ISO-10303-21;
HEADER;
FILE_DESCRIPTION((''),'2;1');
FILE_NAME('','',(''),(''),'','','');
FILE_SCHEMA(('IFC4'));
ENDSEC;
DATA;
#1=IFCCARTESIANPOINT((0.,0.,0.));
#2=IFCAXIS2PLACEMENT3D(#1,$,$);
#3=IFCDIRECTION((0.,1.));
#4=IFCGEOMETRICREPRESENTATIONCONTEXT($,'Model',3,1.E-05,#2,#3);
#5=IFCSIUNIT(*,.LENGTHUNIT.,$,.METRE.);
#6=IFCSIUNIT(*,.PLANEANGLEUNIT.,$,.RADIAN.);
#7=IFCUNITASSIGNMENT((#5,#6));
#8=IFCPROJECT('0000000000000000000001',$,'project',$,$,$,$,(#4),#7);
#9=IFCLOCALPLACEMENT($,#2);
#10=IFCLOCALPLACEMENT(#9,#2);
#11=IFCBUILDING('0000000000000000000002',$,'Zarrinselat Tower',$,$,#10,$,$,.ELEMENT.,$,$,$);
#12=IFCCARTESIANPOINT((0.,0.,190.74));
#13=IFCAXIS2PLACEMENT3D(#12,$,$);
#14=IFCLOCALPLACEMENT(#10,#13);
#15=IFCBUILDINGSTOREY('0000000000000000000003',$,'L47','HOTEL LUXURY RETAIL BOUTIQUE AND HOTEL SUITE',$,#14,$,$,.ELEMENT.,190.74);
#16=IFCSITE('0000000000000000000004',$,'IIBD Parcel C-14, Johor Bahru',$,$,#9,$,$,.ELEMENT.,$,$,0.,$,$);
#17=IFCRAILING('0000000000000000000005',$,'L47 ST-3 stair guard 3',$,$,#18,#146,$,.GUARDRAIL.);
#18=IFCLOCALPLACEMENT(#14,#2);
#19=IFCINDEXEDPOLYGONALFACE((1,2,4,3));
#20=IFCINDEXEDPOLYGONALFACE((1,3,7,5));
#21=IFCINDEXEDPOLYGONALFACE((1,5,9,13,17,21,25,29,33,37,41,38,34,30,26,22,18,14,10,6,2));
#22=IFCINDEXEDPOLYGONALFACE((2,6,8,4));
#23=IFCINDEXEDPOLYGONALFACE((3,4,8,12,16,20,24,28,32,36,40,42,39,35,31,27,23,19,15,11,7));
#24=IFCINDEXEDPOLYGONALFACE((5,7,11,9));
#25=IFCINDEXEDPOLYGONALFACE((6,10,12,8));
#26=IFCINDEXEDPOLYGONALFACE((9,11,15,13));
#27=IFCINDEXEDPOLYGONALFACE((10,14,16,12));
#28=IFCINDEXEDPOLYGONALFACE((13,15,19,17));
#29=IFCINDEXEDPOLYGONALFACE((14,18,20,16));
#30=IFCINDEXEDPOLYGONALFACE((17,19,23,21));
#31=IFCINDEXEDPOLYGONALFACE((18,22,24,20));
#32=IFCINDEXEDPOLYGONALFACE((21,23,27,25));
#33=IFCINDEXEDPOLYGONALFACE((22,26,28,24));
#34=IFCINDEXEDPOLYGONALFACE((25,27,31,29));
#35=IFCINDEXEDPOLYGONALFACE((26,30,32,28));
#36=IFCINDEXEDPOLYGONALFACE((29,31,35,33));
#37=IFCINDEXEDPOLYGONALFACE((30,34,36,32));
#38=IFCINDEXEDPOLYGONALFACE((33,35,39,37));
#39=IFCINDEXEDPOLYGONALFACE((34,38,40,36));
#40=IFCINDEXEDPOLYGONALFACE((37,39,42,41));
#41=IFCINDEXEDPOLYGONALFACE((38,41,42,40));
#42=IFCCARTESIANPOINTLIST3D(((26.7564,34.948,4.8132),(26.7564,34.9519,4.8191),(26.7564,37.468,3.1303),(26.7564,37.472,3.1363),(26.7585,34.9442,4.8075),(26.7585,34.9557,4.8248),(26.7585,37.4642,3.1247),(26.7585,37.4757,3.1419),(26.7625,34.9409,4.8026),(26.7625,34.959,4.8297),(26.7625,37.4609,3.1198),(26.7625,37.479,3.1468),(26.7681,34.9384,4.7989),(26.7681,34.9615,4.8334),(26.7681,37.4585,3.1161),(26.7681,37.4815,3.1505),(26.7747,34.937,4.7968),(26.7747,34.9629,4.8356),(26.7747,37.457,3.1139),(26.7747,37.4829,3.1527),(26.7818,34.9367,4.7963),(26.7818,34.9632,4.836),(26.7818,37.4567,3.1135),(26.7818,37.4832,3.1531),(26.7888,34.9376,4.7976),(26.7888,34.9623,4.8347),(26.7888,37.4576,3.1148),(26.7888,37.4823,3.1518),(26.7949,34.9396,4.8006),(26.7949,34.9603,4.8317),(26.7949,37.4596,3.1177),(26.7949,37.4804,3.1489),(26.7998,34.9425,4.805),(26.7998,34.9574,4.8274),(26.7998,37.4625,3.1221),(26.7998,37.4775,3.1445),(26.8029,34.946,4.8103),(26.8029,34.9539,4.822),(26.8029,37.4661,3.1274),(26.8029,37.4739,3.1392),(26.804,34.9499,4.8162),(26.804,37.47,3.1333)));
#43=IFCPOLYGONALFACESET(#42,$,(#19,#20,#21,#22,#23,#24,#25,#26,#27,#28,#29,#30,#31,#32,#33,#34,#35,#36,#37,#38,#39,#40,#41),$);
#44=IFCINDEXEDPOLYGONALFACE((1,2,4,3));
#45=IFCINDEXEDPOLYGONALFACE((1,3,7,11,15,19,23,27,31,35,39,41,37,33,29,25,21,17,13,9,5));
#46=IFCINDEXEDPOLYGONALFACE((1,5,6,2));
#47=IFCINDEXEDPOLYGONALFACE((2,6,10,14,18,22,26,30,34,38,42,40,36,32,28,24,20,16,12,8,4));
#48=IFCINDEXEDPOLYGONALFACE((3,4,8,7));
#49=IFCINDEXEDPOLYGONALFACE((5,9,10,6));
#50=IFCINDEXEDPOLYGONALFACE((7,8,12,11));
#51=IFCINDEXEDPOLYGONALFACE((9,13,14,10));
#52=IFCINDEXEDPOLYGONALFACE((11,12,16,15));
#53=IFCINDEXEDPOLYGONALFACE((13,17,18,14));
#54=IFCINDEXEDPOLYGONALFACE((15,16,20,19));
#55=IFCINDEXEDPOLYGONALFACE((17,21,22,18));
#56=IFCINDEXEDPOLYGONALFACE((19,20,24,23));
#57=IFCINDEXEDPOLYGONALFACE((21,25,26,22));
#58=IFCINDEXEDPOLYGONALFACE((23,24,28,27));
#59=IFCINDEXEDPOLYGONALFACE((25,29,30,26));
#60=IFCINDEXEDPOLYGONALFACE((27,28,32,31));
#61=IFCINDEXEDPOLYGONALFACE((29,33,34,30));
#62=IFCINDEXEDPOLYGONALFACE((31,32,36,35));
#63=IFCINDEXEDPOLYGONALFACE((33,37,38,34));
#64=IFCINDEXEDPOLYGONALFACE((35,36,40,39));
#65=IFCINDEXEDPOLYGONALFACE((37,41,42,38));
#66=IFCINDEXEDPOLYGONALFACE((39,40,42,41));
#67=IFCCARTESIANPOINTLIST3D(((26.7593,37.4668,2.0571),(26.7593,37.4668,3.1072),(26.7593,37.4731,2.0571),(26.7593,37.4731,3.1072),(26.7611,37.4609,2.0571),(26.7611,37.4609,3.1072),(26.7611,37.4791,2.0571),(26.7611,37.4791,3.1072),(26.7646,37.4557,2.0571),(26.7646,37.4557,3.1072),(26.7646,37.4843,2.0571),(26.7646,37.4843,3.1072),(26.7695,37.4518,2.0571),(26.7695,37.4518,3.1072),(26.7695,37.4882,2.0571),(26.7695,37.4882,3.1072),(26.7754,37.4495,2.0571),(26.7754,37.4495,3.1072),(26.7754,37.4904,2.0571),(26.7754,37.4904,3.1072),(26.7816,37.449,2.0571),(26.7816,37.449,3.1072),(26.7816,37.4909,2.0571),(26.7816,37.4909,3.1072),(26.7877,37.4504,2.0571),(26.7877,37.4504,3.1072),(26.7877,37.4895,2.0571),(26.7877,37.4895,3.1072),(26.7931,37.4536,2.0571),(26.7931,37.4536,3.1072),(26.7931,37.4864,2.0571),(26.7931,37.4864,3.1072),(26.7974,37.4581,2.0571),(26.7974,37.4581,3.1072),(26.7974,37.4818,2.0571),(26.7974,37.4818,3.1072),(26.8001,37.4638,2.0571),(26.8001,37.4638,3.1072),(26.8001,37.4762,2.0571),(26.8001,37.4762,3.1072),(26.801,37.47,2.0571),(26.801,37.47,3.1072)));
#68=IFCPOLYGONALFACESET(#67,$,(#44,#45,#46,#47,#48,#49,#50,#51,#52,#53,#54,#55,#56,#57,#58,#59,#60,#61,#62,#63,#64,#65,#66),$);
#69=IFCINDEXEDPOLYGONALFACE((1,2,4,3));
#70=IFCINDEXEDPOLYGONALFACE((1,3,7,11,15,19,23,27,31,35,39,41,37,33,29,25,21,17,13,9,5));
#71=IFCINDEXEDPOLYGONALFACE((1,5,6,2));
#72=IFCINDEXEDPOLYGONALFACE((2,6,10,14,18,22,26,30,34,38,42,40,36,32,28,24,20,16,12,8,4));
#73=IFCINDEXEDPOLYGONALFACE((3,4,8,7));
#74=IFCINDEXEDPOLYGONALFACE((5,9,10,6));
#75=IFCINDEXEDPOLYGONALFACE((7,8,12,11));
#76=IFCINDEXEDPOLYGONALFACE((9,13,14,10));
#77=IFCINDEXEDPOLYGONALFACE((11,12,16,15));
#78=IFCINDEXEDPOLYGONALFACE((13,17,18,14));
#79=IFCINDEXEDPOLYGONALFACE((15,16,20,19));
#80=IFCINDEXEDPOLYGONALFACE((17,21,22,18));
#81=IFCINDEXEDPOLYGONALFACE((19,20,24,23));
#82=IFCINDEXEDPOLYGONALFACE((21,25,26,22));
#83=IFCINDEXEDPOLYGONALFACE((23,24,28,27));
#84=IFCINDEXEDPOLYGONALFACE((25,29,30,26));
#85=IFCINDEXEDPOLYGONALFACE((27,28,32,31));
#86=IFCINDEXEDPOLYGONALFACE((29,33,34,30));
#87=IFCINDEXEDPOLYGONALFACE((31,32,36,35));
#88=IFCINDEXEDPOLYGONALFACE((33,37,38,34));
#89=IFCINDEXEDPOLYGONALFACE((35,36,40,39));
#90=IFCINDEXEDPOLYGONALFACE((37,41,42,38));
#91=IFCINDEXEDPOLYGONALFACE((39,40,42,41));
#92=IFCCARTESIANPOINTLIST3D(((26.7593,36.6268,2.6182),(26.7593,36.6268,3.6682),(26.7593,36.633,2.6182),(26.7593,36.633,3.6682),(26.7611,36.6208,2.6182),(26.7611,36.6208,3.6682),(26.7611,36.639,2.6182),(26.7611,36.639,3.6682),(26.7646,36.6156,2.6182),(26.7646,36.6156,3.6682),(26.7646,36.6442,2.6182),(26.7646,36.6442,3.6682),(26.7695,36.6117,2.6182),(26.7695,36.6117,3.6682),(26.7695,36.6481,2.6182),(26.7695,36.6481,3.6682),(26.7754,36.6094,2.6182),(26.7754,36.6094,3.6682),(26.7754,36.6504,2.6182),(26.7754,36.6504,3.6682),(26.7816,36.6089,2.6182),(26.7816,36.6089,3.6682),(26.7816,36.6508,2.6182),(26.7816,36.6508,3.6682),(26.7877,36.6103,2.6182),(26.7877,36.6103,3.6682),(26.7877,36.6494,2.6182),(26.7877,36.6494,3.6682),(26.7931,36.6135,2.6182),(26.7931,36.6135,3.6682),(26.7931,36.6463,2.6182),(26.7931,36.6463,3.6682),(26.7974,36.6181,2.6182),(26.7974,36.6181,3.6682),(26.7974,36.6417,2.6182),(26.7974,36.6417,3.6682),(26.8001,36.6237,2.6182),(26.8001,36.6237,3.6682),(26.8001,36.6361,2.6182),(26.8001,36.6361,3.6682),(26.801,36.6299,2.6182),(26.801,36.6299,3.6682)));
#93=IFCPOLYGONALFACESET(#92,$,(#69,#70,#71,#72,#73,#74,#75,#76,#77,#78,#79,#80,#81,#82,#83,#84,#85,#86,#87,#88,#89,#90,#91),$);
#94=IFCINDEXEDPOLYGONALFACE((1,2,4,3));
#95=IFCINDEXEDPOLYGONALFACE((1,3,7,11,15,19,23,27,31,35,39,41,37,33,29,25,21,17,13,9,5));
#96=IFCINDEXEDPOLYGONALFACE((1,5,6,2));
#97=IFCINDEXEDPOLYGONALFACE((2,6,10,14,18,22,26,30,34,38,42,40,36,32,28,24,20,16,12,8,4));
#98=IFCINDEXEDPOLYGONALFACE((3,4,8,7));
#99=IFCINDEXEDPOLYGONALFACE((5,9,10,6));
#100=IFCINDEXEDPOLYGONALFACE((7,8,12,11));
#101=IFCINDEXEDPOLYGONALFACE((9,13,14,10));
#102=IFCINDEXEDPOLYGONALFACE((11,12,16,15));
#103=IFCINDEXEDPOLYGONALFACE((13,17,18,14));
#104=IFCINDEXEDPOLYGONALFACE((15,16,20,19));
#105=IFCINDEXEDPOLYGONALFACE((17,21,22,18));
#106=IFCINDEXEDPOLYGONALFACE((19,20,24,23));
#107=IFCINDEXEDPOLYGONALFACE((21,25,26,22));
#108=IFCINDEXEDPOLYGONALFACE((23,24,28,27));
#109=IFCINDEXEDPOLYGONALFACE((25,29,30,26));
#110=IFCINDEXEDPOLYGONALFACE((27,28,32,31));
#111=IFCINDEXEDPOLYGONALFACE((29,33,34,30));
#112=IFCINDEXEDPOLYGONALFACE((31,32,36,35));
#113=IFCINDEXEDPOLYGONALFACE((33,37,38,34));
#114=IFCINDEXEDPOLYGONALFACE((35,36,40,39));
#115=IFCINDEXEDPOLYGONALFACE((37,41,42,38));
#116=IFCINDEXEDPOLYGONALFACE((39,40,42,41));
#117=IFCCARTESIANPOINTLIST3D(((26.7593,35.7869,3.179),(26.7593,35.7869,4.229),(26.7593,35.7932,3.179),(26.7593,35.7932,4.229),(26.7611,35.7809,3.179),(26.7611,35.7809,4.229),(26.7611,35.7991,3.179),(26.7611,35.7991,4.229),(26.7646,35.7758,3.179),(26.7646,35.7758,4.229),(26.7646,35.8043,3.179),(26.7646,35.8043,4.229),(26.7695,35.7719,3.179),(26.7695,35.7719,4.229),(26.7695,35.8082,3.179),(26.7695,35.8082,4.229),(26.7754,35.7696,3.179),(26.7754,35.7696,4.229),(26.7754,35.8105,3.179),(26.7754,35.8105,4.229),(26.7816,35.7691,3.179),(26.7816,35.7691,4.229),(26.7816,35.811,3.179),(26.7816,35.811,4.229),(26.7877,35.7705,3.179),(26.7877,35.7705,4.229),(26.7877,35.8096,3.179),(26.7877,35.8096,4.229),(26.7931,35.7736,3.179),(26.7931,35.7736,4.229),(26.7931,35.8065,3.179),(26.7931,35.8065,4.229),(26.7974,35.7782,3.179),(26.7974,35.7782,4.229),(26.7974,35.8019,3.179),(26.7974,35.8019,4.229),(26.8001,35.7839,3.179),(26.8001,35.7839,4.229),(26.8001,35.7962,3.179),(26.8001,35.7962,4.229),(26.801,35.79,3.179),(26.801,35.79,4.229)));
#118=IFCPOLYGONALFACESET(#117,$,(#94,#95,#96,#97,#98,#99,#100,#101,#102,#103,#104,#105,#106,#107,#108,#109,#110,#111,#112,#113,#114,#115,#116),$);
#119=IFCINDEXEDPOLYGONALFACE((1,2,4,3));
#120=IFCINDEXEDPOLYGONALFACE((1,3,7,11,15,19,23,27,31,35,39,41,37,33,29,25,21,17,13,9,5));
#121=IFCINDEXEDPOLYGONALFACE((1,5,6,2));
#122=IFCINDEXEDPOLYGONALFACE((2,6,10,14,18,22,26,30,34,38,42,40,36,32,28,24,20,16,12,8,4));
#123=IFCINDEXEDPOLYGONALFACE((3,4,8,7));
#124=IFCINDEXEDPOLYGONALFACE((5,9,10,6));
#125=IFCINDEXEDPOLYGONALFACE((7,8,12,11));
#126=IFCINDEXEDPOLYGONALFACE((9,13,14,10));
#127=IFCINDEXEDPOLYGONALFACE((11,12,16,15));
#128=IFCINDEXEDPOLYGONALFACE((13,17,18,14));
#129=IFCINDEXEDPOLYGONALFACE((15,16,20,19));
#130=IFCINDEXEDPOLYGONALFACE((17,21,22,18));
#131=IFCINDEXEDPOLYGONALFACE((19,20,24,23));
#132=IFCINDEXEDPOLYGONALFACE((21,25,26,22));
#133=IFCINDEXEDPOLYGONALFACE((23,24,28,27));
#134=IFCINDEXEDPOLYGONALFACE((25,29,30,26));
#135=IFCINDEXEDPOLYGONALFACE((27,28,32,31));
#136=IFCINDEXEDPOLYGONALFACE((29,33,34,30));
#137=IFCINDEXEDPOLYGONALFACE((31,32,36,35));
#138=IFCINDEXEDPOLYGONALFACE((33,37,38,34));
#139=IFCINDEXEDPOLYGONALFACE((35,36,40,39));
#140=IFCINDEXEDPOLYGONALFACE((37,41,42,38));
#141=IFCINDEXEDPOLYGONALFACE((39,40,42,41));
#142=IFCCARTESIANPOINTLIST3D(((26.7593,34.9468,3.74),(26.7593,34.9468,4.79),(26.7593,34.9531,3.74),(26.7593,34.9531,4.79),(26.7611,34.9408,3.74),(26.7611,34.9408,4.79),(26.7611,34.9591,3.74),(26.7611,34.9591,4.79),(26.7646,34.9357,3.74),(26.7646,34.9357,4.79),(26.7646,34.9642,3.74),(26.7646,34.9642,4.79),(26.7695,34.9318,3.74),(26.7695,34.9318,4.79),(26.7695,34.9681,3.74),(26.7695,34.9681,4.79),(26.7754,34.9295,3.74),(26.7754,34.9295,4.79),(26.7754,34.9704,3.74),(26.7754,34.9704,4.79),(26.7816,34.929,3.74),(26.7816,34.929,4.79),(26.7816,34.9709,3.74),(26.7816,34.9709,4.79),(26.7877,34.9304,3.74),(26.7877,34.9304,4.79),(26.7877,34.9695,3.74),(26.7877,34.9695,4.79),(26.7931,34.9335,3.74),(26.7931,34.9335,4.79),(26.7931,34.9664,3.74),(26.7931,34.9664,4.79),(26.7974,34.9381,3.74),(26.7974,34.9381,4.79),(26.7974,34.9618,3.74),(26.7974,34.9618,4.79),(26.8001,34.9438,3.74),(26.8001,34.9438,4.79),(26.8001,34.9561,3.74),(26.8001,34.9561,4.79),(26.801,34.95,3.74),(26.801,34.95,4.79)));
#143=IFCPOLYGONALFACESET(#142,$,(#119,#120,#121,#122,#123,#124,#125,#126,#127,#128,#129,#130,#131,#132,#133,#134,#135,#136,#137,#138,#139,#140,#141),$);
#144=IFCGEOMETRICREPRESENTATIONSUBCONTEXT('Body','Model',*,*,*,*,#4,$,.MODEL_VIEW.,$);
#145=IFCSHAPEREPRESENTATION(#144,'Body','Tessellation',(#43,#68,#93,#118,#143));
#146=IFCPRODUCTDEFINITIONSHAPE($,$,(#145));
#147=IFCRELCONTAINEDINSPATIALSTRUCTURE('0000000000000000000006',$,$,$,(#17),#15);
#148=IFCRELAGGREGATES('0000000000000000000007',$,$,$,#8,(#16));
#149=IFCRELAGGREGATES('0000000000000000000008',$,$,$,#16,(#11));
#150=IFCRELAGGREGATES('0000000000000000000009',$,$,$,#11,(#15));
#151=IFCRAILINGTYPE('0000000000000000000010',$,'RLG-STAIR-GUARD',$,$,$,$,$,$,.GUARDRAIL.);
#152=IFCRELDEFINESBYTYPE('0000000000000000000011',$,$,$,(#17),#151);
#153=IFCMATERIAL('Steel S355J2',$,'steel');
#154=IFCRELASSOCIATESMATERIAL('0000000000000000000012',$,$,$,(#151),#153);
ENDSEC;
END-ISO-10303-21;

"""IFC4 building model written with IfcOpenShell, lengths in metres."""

from ifc_helpers import new_model, si_unit, direction, frame, origin, origin_2d, place, context, subcontext, project, spatial, circle, extrude, material, type_object, element, save


model = new_model("IFC4")

# Units and contexts
model_context = context("Model", 3, precision=1e-05, world=origin(), true_north=direction((0.0, 1.0)))
body_context = subcontext(model_context, "Body", "Model", "MODEL_VIEW")
ifc_project = project(units=[si_unit("LENGTHUNIT", "METRE"), si_unit("PLANEANGLEUNIT", "RADIAN")], contexts=[model_context])

# Site, building, storey
site_placement = place(None, origin())
site = spatial("IfcSite", under=ifc_project, at=site_placement, Name="IIBD Parcel C-14, Johor Bahru", CompositionType="ELEMENT", RefElevation=0.0)
building_placement = place(site_placement, origin())
building = spatial("IfcBuilding", under=site, at=building_placement, Name="Zarrinselat Tower", CompositionType="ELEMENT")
storey_placement = place(building_placement, frame((0.0, 0.0, 190.74)))
storey = spatial("IfcBuildingStorey", under=building, at=storey_placement, Name="L47", Description="HOTEL LUXURY RETAIL BOUTIQUE AND HOTEL SUITE", CompositionType="ELEMENT", Elevation=190.74)

# Railing
ifc_material_1 = material(Name="Steel S355J2", Category="steel")
railing_type_1 = type_object("IfcRailingType", Name="RLG-STAIR-GUARD", PredefinedType="GUARDRAIL", material=ifc_material_1)
railing_1_placement = place(storey_placement, frame((26.78, 37.47, 2.0571)))
element("IfcRailing", 1, at=railing_1_placement, inside=storey, type_object=railing_type_1, Name="L47 ST-3 stair guard 3", PredefinedType="GUARDRAIL", context=body_context, shape_type="SweptSolid", body=[
    extrude(circle(Radius=0.0239, at=origin_2d()), frame((0.0, 0.0, 1.0762), z_axis=(0.0, -0.831616, 0.555351), x_axis=(1.0, 0.0, 0.0)), (0.0, 0.0, 1.0), 3.0303),
    extrude(circle(Radius=0.021, at=origin_2d()), origin(), (0.0, 0.0, 1.0), 1.05),
    extrude(circle(Radius=0.021, at=origin_2d()), frame((0.0, -0.8401, 0.561)), (0.0, 0.0, 1.0), 1.05),
    extrude(circle(Radius=0.021, at=origin_2d()), frame((0.0, -1.6799, 1.1218)), (0.0, 0.0, 1.0), 1.05),
    extrude(circle(Radius=0.021, at=origin_2d()), frame((0.0, -2.52, 1.6829)), (0.0, 0.0, 1.0), 1.05),
])

save(model, "model.ifc")
